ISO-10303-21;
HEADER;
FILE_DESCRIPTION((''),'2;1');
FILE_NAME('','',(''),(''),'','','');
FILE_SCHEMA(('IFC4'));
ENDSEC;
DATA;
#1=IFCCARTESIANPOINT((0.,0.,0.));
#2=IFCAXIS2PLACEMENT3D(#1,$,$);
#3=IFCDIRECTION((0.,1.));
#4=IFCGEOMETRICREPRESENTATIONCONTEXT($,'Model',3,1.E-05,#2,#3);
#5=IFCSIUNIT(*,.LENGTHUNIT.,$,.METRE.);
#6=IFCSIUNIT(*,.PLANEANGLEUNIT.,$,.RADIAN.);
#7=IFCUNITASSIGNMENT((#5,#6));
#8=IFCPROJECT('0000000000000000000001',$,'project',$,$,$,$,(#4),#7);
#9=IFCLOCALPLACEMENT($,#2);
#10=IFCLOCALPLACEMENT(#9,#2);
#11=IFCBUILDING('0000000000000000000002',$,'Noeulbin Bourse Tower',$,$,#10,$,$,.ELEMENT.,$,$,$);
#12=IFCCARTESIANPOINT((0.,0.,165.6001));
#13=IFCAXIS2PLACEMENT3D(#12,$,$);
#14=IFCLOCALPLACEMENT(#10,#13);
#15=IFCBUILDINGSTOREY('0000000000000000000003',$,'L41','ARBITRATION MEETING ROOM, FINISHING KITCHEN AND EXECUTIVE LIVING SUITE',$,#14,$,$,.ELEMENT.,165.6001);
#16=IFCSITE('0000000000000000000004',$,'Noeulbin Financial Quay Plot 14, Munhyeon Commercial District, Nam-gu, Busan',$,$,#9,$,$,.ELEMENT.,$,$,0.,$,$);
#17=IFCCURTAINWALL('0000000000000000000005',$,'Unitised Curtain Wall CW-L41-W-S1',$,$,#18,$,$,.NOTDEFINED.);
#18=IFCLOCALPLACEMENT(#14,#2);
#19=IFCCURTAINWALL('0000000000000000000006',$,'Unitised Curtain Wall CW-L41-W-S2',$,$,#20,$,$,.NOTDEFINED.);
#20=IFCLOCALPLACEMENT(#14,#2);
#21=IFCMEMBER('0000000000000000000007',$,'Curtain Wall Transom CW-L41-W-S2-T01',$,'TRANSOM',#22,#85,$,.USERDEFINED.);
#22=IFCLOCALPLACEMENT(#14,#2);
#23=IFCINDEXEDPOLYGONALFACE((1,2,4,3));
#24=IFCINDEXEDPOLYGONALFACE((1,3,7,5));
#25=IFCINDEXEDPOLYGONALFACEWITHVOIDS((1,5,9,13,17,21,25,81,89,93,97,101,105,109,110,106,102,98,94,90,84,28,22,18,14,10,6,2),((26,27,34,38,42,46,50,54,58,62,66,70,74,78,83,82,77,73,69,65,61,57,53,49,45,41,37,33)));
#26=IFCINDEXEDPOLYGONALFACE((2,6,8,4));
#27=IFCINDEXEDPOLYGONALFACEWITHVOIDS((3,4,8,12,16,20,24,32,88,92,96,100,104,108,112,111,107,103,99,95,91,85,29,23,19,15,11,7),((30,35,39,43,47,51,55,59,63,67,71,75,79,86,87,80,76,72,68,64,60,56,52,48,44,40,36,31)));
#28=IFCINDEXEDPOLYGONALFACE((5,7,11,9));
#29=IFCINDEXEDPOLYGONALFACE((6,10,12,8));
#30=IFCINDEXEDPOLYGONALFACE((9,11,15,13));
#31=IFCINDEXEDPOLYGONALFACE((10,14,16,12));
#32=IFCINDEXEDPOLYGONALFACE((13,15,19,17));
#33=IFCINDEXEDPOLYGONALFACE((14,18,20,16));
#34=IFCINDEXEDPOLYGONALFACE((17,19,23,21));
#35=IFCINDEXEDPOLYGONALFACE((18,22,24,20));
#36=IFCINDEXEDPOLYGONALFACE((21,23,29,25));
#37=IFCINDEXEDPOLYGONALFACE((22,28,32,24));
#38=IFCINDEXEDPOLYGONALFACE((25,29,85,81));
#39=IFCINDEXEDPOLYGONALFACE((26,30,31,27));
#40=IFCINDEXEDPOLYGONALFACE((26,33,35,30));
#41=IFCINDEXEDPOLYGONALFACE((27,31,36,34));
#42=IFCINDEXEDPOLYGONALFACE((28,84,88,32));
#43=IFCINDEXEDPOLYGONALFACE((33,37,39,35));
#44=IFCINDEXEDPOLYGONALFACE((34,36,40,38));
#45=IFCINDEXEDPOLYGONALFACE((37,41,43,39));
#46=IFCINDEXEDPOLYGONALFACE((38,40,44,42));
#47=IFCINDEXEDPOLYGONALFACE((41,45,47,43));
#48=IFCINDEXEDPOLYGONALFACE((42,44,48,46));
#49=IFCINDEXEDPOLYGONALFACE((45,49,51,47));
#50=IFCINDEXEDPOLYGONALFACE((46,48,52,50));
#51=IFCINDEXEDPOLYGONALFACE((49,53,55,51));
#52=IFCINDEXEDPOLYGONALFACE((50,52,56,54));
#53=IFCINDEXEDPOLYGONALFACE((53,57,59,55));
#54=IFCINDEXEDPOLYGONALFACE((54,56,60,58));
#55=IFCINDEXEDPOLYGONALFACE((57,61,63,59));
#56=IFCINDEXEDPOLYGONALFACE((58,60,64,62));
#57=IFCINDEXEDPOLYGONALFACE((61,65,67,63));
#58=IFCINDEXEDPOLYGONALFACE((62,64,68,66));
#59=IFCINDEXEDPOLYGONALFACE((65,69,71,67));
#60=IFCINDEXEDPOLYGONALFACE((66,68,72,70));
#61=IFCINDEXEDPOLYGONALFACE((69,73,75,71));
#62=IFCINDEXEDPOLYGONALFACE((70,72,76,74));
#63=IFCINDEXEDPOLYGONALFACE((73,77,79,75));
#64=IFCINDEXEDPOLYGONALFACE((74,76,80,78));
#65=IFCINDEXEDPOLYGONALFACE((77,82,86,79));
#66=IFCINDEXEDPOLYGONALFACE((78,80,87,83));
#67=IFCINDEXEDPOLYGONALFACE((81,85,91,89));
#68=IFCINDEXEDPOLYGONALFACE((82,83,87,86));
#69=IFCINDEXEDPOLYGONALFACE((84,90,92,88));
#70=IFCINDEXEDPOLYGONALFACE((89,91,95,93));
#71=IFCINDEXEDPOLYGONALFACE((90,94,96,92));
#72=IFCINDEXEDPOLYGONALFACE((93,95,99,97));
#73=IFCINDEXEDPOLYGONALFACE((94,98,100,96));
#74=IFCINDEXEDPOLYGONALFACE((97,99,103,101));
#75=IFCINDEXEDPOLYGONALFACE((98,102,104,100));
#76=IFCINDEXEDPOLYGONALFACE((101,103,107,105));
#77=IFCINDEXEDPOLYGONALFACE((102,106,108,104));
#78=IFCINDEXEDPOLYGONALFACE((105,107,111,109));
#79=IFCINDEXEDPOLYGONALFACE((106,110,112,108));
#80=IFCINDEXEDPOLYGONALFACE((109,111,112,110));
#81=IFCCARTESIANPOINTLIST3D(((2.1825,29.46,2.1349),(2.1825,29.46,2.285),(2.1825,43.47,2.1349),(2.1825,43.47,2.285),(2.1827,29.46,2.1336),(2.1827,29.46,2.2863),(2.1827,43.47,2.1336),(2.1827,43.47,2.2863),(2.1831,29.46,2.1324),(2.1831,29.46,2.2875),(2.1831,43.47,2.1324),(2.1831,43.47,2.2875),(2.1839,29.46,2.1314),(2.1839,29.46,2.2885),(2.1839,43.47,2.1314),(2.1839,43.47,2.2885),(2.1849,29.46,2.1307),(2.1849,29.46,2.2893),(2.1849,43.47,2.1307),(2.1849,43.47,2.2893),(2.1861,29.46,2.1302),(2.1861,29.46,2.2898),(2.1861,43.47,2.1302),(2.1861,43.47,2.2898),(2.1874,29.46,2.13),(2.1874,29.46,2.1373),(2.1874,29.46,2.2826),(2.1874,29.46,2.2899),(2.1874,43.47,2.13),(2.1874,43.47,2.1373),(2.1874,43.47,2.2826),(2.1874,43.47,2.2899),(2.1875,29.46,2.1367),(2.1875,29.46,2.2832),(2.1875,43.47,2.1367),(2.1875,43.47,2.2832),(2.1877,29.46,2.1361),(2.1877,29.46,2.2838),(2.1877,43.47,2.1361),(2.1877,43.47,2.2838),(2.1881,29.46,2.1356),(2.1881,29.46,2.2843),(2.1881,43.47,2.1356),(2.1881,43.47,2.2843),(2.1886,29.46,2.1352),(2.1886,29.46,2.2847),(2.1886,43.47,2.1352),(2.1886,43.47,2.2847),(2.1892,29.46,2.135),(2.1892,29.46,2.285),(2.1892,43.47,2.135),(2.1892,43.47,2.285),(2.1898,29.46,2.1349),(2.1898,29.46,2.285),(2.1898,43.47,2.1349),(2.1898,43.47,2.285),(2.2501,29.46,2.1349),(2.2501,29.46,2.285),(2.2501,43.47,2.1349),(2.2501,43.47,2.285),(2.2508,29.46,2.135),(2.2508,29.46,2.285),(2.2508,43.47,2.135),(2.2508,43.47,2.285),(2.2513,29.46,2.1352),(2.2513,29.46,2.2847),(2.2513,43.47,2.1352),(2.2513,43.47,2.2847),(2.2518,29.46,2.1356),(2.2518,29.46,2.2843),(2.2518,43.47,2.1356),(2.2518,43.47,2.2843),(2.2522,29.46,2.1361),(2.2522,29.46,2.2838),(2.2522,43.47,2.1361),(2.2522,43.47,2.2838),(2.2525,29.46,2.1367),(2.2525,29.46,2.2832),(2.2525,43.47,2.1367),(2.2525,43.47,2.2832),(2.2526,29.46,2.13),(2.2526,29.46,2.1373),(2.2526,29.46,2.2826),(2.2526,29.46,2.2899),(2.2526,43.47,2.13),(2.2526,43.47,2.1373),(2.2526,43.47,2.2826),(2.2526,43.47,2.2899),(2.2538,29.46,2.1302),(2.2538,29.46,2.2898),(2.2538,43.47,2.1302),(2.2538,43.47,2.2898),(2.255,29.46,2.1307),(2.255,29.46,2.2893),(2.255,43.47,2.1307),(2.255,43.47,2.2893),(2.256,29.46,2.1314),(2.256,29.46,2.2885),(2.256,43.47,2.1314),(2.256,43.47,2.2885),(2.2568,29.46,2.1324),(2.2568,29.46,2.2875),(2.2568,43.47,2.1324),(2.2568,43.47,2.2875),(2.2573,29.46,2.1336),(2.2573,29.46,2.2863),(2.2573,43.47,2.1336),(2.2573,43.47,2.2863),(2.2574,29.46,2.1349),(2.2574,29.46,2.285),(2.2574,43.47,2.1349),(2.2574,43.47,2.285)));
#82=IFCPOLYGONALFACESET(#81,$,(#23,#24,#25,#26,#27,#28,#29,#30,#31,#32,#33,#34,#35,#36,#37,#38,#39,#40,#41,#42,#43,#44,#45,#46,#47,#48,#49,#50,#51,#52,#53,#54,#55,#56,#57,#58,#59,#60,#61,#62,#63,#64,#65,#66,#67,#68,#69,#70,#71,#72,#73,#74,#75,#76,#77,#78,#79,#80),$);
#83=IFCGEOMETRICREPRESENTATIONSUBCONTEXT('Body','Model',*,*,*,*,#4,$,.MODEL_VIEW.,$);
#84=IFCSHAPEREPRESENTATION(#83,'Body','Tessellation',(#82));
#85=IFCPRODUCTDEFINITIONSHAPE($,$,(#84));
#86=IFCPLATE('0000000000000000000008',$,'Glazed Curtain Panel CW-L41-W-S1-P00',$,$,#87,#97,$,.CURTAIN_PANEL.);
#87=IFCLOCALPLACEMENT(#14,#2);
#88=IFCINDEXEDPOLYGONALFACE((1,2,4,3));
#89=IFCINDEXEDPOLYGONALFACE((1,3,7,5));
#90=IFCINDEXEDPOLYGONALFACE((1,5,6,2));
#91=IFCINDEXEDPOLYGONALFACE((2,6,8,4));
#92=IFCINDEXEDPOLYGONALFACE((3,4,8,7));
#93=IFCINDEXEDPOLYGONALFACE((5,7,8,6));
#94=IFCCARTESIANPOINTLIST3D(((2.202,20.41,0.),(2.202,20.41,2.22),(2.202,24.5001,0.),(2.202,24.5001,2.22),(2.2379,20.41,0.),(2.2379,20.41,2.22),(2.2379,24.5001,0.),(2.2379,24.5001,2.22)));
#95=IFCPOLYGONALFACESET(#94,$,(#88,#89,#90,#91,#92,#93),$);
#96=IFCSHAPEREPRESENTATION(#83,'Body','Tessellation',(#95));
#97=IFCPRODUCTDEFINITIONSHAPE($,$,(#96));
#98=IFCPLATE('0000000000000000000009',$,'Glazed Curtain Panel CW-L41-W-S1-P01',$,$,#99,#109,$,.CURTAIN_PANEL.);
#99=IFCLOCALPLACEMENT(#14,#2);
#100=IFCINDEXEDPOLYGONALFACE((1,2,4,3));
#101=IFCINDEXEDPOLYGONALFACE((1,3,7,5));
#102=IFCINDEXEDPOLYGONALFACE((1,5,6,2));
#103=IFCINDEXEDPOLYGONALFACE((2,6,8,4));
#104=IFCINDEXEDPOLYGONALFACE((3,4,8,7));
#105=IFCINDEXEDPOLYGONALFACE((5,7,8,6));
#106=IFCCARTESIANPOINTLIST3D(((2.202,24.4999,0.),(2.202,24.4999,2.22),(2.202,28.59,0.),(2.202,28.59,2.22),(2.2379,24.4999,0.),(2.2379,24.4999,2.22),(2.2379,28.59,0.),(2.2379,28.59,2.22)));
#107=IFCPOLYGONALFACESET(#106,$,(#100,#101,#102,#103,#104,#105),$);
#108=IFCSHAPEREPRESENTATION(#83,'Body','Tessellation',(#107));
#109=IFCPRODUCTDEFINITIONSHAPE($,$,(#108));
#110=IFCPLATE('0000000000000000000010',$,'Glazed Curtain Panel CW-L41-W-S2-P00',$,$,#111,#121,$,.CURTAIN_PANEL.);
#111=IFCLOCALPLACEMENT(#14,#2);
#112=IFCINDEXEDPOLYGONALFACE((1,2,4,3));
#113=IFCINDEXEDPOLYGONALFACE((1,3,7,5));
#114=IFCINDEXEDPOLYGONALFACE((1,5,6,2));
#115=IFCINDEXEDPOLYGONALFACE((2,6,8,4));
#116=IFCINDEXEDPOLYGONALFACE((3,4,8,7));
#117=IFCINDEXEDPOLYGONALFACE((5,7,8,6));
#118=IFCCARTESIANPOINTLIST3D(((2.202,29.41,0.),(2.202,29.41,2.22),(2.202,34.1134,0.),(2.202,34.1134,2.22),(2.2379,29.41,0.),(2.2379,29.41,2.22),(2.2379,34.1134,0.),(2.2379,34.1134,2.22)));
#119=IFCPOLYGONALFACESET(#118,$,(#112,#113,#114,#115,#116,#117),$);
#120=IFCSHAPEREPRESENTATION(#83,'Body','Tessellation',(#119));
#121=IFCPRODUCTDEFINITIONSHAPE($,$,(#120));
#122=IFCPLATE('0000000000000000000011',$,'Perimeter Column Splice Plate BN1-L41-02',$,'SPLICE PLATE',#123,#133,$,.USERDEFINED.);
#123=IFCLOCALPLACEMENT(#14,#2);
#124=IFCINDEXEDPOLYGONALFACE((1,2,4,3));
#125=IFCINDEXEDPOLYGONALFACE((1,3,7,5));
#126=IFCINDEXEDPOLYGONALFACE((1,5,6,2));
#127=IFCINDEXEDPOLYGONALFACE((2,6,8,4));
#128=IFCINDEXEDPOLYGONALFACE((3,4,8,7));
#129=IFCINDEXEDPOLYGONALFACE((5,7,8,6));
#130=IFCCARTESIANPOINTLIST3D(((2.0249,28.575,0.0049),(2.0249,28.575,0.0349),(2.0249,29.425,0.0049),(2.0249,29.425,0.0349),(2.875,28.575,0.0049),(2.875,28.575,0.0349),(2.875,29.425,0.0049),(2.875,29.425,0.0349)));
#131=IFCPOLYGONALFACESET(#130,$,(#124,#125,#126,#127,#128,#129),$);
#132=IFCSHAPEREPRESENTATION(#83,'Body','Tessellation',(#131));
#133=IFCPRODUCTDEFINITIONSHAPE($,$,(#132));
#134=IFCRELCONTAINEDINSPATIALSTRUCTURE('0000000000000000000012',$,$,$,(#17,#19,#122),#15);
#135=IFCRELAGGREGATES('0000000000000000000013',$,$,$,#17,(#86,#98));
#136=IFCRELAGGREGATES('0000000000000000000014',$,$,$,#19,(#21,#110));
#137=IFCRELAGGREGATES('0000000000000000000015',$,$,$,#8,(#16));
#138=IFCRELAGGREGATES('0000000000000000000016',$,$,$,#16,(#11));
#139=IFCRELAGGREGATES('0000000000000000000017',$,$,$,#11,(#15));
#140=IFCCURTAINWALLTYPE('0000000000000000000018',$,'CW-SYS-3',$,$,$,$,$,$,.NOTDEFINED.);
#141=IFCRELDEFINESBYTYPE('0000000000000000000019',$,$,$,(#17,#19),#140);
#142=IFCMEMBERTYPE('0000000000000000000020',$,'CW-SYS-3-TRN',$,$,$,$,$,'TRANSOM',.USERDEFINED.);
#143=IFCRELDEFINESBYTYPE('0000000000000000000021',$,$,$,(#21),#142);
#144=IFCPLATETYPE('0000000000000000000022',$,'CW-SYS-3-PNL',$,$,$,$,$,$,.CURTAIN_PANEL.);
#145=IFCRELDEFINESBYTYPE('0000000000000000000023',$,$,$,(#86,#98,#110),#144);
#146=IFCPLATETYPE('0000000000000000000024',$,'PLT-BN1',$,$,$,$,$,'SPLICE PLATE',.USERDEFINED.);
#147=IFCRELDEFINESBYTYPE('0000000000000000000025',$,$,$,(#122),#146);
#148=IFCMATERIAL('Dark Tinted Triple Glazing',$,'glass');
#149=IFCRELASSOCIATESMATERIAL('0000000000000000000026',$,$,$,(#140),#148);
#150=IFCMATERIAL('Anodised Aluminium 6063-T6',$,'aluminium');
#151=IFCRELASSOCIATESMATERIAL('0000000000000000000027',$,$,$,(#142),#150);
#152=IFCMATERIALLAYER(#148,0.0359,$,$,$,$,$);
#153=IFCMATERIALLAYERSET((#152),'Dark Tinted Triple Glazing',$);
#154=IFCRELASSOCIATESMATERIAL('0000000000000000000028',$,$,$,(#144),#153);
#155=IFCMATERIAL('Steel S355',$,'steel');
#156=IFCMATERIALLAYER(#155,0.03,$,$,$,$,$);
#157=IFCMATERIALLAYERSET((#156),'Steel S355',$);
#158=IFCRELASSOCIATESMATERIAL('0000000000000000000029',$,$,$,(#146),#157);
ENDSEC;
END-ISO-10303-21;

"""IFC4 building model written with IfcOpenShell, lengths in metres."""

from ifc_helpers import new_model, si_unit, direction, frame, origin, origin_2d, place, context, subcontext, project, spatial, rectangle, hollow_rectangle, extrude, material, layer, layer_set, material_profile, profile_set, type_object, element, aggregate, save


model = new_model("IFC4")

# Units and contexts
model_context = context("Model", 3, precision=1e-05, world=origin(), true_north=direction((0.0, 1.0)))
body_context = subcontext(model_context, "Body", "Model", "MODEL_VIEW")
ifc_project = project(units=[si_unit("LENGTHUNIT", "METRE"), si_unit("PLANEANGLEUNIT", "RADIAN")], contexts=[model_context])

# Site, building, storey
site_placement = place(None, origin())
site = spatial("IfcSite", under=ifc_project, at=site_placement, Name="Noeulbin Financial Quay Plot 14, Munhyeon Commercial District, Nam-gu, Busan", CompositionType="ELEMENT", RefElevation=0.0)
building_placement = place(site_placement, origin())
building = spatial("IfcBuilding", under=site, at=building_placement, Name="Noeulbin Bourse Tower", CompositionType="ELEMENT")
storey_placement = place(building_placement, frame((0.0, 0.0, 165.6001)))
storey = spatial("IfcBuildingStorey", under=building, at=storey_placement, Name="L41", Description="ARBITRATION MEETING ROOM, FINISHING KITCHEN AND EXECUTIVE LIVING SUITE", CompositionType="ELEMENT", Elevation=165.6001)

# Shared definitions
ifc_material_1 = material(Name="Steel S355", Category="steel")

# Curtain walls, member
ifc_material_2 = material(Name="Dark Tinted Triple Glazing", Category="glass")
curtain_wall_type = type_object("IfcCurtainWallType", Name="CW-SYS-3", PredefinedType="NOTDEFINED", material=ifc_material_2)
curtain_wall_1_placement = place(storey_placement, origin())
curtain_wall_1 = element("IfcCurtainWall", 1, at=curtain_wall_1_placement, inside=storey, type_object=curtain_wall_type, Name="Unitised Curtain Wall CW-L41-W-S1", PredefinedType="NOTDEFINED")
ifc_material_3 = material(Name="Anodised Aluminium 6063-T6", Category="aluminium")
curtain_wall_2_placement = place(storey_placement, origin())
curtain_wall_2 = element("IfcCurtainWall", 2, at=curtain_wall_2_placement, inside=storey, type_object=curtain_wall_type, Name="Unitised Curtain Wall CW-L41-W-S2", PredefinedType="NOTDEFINED")
ifc_material_profile_1 = material_profile(ifc_material_3, hollow_rectangle(XDim=0.075, YDim=0.1599, WallThickness=0.0049, InnerFilletRadius=0.0024, OuterFilletRadius=0.0049, at=origin_2d()), Name="ALU-TRAN-75x160x5", Category="LoadBearing")
ifc_profile_set_1 = profile_set([ifc_material_profile_1], Name="Anodised Aluminium 6063-T6")
member_type_1 = type_object("IfcMemberType", Name="CW-SYS-3-TRN", ElementType="TRANSOM", PredefinedType="USERDEFINED", material=ifc_profile_set_1)
member_1_placement = place(storey_placement, frame((2.22, 29.46, 2.21), z_axis=(0.0, 1.0, 0.0), x_axis=(-1.0, 0.0, 0.0)))
member_1 = element("IfcMember", 3, at=member_1_placement, type_object=member_type_1, Name="Curtain Wall Transom CW-L41-W-S2-T01", ObjectType="TRANSOM", PredefinedType="USERDEFINED", context=body_context, shape_type="SweptSolid", body=[
    extrude(hollow_rectangle(XDim=0.075, YDim=0.1599, WallThickness=0.0049, InnerFilletRadius=0.0024, OuterFilletRadius=0.0049, at=origin_2d()), origin(), (0.0, 0.0, 1.0), 14.01),
])

# Plates
ifc_layer_1 = layer(ifc_material_2, 0.0359)
ifc_layer_set_1 = layer_set([ifc_layer_1], Name="Dark Tinted Triple Glazing")
plate_type_1 = type_object("IfcPlateType", Name="CW-SYS-3-PNL", PredefinedType="CURTAIN_PANEL", material=ifc_layer_set_1)
plate_1_placement = place(storey_placement, frame((2.22, 22.4551, 0.0), z_axis=(0.0, 0.0, 1.0), x_axis=(0.0, 1.0, 0.0)))
plate_1 = element("IfcPlate", 4, at=plate_1_placement, type_object=plate_type_1, Name="Glazed Curtain Panel CW-L41-W-S1-P00", PredefinedType="CURTAIN_PANEL", context=body_context, shape_type="SweptSolid", body=[
    extrude(rectangle(XDim=4.0901, YDim=0.0359, at=origin_2d()), origin(), (0.0, 0.0, 1.0), 2.22),
])
plate_2_placement = place(storey_placement, frame((2.22, 26.5449, 0.0), z_axis=(0.0, 0.0, 1.0), x_axis=(0.0, 1.0, 0.0)))
plate_2 = element("IfcPlate", 5, at=plate_2_placement, type_object=plate_type_1, Name="Glazed Curtain Panel CW-L41-W-S1-P01", PredefinedType="CURTAIN_PANEL", context=body_context, shape_type="SweptSolid", body=[
    extrude(rectangle(XDim=4.0901, YDim=0.0359, at=origin_2d()), origin(), (0.0, 0.0, 1.0), 2.22),
])
aggregate(curtain_wall_1, [plate_1, plate_2])
plate_3_placement = place(storey_placement, frame((2.22, 31.7617, 0.0), z_axis=(0.0, 0.0, 1.0), x_axis=(0.0, 1.0, 0.0)))
plate_3 = element("IfcPlate", 6, at=plate_3_placement, type_object=plate_type_1, Name="Glazed Curtain Panel CW-L41-W-S2-P00", PredefinedType="CURTAIN_PANEL", context=body_context, shape_type="SweptSolid", body=[
    extrude(rectangle(XDim=4.7034, YDim=0.0359, at=origin_2d()), origin(), (0.0, 0.0, 1.0), 2.22),
])
aggregate(curtain_wall_2, [member_1, plate_3])
ifc_layer_2 = layer(ifc_material_1, 0.03)
ifc_layer_set_2 = layer_set([ifc_layer_2], Name="Steel S355")
plate_type_2 = type_object("IfcPlateType", Name="PLT-BN1", ElementType="SPLICE PLATE", PredefinedType="USERDEFINED", material=ifc_layer_set_2)
plate_4_placement = place(storey_placement, frame((2.45, 29.0, 0.0049), z_axis=(0.0, 0.0, 1.0), x_axis=(1.0, 0.0, 0.0)))
element("IfcPlate", 7, at=plate_4_placement, inside=storey, type_object=plate_type_2, Name="Perimeter Column Splice Plate BN1-L41-02", ObjectType="SPLICE PLATE", PredefinedType="USERDEFINED", context=body_context, shape_type="SweptSolid", body=[
    extrude(rectangle(XDim=0.8501, YDim=0.8501, at=origin_2d()), origin(), (0.0, 0.0, 1.0), 0.03),
])

save(model, "model.ifc")
